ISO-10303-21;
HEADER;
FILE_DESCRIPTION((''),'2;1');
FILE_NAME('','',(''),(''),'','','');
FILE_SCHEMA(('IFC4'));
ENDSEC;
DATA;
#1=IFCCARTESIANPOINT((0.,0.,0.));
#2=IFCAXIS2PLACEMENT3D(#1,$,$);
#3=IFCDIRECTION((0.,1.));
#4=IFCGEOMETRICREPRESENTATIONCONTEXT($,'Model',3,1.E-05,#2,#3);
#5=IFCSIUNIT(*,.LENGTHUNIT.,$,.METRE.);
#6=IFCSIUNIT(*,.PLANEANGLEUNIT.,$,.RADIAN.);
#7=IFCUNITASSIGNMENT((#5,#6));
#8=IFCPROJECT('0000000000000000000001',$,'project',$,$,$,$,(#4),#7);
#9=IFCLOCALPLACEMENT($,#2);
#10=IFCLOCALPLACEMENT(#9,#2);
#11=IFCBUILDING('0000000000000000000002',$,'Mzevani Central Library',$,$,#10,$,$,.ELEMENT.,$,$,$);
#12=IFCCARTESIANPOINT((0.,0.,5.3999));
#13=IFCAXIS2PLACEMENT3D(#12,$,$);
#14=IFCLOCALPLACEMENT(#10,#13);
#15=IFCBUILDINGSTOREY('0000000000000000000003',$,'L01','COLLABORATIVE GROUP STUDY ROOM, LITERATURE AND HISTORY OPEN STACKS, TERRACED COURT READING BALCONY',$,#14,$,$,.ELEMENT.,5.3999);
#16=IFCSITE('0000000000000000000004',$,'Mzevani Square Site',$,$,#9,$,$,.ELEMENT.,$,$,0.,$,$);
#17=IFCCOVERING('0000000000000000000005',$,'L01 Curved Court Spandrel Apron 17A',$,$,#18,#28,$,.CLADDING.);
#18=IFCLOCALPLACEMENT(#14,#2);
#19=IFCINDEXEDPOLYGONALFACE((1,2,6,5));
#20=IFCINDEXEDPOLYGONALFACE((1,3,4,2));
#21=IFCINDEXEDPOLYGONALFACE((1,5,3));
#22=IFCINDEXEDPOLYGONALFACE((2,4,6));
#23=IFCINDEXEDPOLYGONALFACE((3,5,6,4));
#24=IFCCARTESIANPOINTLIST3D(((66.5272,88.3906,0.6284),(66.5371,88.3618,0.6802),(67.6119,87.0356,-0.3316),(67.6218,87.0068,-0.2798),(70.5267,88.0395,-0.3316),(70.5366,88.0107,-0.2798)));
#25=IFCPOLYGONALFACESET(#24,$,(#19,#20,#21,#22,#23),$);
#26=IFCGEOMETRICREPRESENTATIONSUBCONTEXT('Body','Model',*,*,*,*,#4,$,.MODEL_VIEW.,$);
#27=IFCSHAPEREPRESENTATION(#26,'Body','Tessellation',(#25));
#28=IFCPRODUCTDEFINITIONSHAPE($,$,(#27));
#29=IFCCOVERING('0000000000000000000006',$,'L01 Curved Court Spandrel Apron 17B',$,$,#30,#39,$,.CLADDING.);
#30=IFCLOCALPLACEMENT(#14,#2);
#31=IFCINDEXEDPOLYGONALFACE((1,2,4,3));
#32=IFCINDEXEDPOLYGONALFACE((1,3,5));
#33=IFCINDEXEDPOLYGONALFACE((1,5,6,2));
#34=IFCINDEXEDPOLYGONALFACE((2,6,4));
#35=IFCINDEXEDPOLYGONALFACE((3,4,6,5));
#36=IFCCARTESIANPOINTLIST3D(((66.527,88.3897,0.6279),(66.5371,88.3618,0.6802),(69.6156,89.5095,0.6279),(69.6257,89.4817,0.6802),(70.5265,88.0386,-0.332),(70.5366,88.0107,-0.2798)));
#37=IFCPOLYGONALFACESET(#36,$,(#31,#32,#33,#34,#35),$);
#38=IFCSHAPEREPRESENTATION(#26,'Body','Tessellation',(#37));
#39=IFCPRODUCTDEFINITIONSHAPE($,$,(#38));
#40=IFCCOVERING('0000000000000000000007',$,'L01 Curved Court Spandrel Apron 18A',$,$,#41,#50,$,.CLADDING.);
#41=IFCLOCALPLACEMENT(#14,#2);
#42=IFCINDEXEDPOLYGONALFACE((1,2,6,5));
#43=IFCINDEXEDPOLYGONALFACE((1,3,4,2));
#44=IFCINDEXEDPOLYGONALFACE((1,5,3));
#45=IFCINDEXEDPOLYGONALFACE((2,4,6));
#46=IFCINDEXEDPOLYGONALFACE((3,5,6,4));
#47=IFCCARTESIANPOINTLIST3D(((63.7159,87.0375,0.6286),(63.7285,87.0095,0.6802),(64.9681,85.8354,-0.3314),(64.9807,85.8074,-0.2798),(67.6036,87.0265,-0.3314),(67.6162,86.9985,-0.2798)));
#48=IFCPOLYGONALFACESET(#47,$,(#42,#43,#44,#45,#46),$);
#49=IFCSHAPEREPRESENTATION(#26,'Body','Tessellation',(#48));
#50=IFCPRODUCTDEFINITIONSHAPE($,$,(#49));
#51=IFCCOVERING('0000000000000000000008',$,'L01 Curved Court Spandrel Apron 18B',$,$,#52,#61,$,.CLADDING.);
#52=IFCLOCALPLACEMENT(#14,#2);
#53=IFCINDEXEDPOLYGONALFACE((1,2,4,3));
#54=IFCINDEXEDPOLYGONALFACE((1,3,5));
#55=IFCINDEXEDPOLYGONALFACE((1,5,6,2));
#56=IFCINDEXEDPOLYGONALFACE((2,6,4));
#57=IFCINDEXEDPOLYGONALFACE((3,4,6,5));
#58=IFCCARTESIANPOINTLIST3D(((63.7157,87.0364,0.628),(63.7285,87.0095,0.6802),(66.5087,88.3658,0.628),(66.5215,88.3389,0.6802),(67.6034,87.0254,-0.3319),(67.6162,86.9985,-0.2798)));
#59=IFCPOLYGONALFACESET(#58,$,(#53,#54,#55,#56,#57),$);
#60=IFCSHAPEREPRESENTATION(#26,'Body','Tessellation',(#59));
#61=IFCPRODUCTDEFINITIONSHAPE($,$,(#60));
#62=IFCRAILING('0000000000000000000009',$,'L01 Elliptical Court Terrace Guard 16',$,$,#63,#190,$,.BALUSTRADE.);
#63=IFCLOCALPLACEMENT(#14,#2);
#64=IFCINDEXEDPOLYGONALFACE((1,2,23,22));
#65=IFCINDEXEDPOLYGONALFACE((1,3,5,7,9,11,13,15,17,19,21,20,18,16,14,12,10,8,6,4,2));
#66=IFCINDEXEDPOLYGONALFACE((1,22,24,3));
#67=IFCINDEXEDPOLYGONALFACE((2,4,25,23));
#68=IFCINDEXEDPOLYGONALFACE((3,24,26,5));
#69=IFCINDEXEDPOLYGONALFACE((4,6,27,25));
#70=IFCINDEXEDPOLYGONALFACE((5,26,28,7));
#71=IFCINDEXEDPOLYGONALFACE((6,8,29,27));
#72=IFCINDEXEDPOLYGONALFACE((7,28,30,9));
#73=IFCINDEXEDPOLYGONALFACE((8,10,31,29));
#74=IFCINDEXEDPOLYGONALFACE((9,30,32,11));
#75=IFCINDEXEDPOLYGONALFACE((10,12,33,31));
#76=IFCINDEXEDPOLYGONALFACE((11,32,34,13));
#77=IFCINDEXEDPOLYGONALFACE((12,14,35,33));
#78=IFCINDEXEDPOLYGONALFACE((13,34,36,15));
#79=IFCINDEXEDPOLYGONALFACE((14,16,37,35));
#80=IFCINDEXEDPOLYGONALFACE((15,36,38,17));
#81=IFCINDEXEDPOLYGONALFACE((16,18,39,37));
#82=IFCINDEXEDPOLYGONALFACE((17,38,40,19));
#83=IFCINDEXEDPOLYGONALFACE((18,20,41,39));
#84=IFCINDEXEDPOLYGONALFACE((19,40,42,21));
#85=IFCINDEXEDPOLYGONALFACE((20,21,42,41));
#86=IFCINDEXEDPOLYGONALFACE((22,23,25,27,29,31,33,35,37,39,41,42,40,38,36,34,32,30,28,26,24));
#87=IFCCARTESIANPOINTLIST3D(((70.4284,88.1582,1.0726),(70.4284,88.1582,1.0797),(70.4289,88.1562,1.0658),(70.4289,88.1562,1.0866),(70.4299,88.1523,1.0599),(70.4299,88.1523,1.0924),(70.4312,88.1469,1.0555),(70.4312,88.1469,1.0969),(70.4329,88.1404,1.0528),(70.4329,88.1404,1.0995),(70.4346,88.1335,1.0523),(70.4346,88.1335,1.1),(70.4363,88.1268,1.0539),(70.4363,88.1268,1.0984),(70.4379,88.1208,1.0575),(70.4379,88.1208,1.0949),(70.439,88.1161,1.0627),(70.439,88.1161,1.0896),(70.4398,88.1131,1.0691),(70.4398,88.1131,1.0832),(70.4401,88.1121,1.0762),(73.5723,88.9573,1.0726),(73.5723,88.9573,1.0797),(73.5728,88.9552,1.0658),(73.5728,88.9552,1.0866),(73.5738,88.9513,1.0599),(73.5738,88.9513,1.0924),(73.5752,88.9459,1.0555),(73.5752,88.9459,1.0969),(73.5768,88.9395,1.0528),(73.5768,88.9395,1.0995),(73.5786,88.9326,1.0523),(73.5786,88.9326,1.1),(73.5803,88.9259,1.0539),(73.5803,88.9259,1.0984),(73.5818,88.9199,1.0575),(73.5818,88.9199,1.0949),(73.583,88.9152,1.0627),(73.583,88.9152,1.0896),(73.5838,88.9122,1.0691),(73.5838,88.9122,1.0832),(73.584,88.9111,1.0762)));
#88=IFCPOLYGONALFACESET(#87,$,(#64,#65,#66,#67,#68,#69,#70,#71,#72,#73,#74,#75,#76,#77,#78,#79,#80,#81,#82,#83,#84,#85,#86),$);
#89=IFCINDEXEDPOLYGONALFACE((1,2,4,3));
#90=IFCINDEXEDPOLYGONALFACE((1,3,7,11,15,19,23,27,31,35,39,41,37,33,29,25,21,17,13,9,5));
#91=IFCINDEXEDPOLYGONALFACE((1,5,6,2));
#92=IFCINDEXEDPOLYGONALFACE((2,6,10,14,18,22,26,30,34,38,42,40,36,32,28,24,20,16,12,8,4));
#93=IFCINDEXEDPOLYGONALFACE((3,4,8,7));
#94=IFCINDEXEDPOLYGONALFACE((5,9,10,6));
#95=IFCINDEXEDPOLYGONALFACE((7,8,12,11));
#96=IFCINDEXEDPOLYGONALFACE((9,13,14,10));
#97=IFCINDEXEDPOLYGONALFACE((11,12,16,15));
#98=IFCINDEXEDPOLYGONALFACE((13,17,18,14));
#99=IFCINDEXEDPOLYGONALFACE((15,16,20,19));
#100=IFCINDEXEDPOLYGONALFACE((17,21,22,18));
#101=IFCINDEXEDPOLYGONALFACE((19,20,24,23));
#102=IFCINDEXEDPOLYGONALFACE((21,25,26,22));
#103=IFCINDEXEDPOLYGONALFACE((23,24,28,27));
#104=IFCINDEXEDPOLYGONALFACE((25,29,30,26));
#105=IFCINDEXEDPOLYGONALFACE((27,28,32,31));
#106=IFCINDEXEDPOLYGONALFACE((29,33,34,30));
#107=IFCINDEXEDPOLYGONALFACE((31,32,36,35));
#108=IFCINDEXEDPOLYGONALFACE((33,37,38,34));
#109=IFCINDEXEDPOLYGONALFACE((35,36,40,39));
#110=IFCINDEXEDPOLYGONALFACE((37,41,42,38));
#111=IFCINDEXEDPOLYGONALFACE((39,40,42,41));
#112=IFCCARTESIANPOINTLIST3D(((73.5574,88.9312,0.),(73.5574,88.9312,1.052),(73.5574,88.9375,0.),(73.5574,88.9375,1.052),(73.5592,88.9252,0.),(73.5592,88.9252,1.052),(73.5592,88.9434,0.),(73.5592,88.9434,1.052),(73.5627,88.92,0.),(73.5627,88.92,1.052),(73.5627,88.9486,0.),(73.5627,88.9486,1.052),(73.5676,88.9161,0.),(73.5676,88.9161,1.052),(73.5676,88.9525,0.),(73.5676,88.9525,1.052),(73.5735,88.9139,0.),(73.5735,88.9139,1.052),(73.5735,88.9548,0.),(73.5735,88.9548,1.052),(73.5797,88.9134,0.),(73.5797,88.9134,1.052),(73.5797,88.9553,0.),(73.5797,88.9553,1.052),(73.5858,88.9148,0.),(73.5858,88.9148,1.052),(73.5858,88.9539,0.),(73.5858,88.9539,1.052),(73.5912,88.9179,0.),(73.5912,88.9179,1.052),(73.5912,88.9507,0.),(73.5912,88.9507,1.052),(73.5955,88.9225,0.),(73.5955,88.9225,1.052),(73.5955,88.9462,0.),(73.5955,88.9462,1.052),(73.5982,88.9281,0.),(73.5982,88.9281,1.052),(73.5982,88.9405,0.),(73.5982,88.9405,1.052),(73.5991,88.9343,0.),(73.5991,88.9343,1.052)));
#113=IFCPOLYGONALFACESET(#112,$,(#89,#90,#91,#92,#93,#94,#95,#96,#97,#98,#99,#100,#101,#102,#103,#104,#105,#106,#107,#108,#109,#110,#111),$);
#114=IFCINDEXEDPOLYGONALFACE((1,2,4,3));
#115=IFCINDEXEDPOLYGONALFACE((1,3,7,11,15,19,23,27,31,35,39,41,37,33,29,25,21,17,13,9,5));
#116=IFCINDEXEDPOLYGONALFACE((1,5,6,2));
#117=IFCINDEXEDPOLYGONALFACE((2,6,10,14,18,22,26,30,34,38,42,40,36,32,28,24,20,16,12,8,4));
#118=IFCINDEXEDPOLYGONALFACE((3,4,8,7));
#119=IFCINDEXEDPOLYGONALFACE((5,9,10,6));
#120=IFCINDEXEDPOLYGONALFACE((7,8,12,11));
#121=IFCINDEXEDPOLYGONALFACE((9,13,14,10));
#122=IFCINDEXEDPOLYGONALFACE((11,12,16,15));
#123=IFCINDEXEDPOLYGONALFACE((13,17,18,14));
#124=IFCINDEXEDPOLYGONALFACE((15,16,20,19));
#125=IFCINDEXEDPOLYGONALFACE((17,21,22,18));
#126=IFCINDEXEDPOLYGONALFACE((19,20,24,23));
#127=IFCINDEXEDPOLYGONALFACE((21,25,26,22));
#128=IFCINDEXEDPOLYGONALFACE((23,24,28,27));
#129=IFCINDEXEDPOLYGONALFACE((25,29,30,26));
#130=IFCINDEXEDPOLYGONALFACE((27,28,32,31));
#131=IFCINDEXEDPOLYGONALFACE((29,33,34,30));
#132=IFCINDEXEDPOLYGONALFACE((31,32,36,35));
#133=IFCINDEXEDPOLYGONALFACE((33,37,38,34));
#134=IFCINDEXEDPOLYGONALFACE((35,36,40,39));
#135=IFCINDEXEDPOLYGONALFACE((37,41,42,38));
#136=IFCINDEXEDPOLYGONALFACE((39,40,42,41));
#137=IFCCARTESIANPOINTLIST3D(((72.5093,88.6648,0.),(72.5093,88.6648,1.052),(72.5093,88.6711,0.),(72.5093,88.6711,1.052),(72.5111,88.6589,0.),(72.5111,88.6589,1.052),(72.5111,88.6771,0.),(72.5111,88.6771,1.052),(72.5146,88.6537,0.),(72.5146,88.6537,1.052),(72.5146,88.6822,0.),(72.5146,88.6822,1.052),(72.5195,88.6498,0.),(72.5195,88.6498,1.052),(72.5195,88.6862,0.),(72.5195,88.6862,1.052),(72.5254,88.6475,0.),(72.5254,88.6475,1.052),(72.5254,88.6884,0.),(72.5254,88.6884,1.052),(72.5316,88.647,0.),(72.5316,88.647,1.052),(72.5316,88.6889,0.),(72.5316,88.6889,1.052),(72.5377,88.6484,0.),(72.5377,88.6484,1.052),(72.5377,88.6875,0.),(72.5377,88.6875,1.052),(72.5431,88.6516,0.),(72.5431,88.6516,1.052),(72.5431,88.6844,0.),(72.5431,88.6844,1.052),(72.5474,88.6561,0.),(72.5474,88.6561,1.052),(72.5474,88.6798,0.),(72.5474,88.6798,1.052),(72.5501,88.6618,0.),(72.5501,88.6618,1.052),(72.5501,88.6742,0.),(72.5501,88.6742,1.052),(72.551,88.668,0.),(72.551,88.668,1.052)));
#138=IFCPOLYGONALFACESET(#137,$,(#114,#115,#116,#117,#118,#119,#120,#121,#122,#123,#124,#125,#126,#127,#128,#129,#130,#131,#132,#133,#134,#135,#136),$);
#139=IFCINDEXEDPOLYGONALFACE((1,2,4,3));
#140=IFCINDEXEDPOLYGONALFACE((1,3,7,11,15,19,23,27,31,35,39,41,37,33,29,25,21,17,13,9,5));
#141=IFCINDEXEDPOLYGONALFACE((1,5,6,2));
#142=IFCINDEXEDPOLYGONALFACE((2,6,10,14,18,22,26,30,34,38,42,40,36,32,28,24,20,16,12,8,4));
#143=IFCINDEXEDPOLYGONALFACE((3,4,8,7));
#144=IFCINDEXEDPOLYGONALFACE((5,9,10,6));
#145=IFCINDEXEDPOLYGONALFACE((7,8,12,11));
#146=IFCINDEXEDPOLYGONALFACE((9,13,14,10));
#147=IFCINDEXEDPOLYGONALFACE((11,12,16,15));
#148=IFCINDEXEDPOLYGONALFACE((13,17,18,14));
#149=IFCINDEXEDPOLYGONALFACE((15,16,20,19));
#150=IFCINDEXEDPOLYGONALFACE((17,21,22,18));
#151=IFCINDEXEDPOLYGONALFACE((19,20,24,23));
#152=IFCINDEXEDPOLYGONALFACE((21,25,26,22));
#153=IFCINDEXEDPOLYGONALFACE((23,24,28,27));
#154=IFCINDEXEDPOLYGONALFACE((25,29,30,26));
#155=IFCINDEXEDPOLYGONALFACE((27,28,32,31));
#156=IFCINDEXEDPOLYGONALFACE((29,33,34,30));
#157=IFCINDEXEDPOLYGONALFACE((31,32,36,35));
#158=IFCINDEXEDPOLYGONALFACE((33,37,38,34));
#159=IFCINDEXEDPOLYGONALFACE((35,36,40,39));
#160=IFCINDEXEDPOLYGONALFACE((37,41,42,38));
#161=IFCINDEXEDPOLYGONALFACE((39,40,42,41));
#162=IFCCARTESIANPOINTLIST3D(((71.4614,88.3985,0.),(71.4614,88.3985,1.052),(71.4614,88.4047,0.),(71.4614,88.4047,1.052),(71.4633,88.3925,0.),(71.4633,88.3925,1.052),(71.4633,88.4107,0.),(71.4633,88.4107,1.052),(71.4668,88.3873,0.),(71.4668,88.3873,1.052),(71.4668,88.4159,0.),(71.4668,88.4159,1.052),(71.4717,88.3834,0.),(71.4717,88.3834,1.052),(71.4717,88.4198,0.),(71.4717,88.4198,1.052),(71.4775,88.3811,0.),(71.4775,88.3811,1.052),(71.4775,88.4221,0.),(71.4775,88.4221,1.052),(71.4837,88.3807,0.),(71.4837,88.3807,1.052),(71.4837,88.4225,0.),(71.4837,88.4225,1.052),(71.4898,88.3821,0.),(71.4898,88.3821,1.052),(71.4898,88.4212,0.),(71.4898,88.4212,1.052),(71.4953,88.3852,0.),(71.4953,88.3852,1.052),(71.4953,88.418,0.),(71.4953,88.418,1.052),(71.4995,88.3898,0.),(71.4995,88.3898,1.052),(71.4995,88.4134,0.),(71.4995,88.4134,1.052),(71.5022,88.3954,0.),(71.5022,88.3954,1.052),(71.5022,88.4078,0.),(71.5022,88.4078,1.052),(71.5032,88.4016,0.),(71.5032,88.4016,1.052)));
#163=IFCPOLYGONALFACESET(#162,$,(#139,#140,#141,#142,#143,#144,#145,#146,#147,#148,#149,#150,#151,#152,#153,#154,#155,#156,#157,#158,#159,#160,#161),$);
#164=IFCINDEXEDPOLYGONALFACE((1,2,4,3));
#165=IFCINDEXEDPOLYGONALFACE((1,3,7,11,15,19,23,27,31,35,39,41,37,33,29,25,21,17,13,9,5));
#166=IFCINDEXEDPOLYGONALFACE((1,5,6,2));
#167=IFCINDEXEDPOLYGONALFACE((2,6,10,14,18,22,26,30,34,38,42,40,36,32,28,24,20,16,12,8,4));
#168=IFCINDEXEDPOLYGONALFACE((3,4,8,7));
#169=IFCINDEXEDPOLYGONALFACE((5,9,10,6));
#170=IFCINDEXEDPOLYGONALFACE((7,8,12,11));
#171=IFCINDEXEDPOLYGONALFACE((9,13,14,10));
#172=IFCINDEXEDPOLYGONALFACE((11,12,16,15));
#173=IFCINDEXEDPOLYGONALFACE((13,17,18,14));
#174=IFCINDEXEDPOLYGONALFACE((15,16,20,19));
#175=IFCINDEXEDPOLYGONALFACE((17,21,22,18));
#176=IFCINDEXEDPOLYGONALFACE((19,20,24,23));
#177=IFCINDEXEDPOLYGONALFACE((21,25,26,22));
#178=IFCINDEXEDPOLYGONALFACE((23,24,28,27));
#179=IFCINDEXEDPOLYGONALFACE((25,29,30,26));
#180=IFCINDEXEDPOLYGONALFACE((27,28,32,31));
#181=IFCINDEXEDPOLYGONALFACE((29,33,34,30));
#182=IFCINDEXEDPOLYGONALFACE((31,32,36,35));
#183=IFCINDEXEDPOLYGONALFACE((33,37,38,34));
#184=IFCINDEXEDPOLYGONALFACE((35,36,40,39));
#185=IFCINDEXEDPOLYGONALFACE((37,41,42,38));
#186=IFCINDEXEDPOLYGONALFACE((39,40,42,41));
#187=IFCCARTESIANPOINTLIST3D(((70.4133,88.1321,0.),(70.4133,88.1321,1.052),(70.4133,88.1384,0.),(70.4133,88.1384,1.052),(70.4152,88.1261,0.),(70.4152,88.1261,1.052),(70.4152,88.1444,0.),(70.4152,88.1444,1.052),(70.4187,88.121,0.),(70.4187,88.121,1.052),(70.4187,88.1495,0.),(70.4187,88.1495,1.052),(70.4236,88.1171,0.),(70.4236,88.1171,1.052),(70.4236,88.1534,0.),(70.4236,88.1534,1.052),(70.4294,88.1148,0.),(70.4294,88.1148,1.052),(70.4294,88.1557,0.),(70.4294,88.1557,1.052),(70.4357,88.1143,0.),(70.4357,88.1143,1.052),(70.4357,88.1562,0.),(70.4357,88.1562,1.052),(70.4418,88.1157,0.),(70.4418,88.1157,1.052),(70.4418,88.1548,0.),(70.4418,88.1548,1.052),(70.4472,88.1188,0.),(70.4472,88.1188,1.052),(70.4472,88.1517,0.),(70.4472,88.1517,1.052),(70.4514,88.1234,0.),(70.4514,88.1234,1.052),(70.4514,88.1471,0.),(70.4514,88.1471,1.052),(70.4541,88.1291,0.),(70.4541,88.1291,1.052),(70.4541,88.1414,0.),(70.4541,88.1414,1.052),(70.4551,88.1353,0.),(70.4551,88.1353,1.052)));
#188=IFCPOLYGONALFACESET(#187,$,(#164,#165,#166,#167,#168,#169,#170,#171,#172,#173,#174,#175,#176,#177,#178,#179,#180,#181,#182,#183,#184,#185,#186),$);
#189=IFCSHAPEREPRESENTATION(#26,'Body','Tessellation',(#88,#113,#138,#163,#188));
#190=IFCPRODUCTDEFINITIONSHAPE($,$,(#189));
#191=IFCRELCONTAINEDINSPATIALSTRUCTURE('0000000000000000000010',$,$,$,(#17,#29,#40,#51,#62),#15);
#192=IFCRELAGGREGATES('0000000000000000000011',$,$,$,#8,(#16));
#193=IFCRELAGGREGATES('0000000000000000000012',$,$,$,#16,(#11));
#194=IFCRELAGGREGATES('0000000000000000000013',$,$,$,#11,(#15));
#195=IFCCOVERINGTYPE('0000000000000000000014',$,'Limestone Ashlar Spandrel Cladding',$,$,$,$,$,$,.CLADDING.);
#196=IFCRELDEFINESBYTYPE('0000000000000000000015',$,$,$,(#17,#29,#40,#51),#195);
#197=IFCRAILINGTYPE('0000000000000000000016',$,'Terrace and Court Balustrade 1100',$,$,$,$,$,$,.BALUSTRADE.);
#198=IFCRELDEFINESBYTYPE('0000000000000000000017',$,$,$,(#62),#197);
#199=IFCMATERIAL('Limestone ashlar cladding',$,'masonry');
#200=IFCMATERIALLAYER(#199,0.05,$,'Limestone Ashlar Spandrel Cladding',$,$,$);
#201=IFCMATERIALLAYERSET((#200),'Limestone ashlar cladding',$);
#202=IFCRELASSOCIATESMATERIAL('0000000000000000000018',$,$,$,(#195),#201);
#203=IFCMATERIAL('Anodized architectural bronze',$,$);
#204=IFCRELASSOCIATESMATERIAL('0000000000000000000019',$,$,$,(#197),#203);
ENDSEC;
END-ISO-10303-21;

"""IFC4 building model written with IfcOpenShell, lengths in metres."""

from ifc_helpers import new_model, si_unit, direction, frame, origin, origin_2d, place, context, subcontext, project, spatial, polyline, circle, outline, extrude, material, layer, layer_set, type_object, element, save


model = new_model("IFC4")

# Units and contexts
model_context = context("Model", 3, precision=1e-05, world=origin(), true_north=direction((0.0, 1.0)))
body_context = subcontext(model_context, "Body", "Model", "MODEL_VIEW")
ifc_project = project(units=[si_unit("LENGTHUNIT", "METRE"), si_unit("PLANEANGLEUNIT", "RADIAN")], contexts=[model_context])

# Site, building, storey
site_placement = place(None, origin())
site = spatial("IfcSite", under=ifc_project, at=site_placement, Name="Mzevani Square Site", CompositionType="ELEMENT", RefElevation=0.0)
building_placement = place(site_placement, origin())
building = spatial("IfcBuilding", under=site, at=building_placement, Name="Mzevani Central Library", CompositionType="ELEMENT")
storey_placement = place(building_placement, frame((0.0, 0.0, 5.3999)))
storey = spatial("IfcBuildingStorey", under=building, at=storey_placement, Name="L01", Description="COLLABORATIVE GROUP STUDY ROOM, LITERATURE AND HISTORY OPEN STACKS, TERRACED COURT READING BALCONY", CompositionType="ELEMENT", Elevation=5.3999)

# Coverings
ifc_material_1 = material(Name="Limestone ashlar cladding", Category="masonry")
ifc_layer_1 = layer(ifc_material_1, 0.05, Name="Limestone Ashlar Spandrel Cladding")
ifc_layer_set_1 = layer_set([ifc_layer_1], Name="Limestone ashlar cladding")
covering_type = type_object("IfcCoveringType", Name="Limestone Ashlar Spandrel Cladding", PredefinedType="CLADDING", material=ifc_layer_set_1)
covering_1_placement = place(storey_placement, frame((70.5366, 88.0107, -0.2798), z_axis=(0.164926, -0.478856, 0.862262), x_axis=(-0.945492, -0.325644, 0.0)))
element("IfcCovering", 1, at=covering_1_placement, inside=storey, type_object=covering_type, Name="L01 Curved Court Spandrel Apron 17A", PredefinedType="CLADDING", context=body_context, shape_type="SweptSolid", body=[
    extrude(outline(polyline([(0.0, 0.0), (3.0828, 0.0), (3.6672, -1.8954), (0.0, 0.0)])), origin(), (0.0, 0.0, -1.0), 0.0601),
])
covering_2_placement = place(storey_placement, frame((70.5366, 88.0107, -0.2798), z_axis=(0.168104, -0.463633, 0.869934), x_axis=(-0.96886, 0.085046, 0.232545)))
element("IfcCovering", 2, at=covering_2_placement, inside=storey, type_object=covering_type, Name="L01 Curved Court Spandrel Apron 17B", PredefinedType="CLADDING", context=body_context, shape_type="SweptSolid", body=[
    extrude(outline(polyline([(0.0, 0.0), (4.1281, 0.0), (1.2309, -1.5492), (0.0, 0.0)])), origin(), (0.0, 0.0, -1.0), 0.0601),
])
covering_3_placement = place(storey_placement, frame((67.6162, 86.9985, -0.2798), z_axis=(0.210807, -0.466421, 0.859076), x_axis=(-0.911249, -0.411856, 0.0)))
element("IfcCovering", 3, at=covering_3_placement, inside=storey, type_object=covering_type, Name="L01 Curved Court Spandrel Apron 18A", PredefinedType="CLADDING", context=body_context, shape_type="SweptSolid", body=[
    extrude(outline(polyline([(0.0, 0.0), (2.8922, 0.0), (3.5381, -1.8755), (0.0, 0.0)])), origin(), (0.0, 0.0, -1.0), 0.0601),
])
covering_4_placement = place(storey_placement, frame((67.6162, 86.9985, -0.2798), z_axis=(0.213148, -0.447827, 0.868343), x_axis=(-0.970838, 0.002744, 0.239722)))
element("IfcCovering", 4, at=covering_4_placement, inside=storey, type_object=covering_type, Name="L01 Curved Court Spandrel Apron 18B", PredefinedType="CLADDING", context=body_context, shape_type="SweptSolid", body=[
    extrude(outline(polyline([(0.0, 0.0), (4.0045, 0.0), (1.2966, -1.4951), (0.0, 0.0)])), origin(), (0.0, 0.0, -1.0), 0.0601),
])

# Railing
ifc_material_2 = material(Name="Anodized architectural bronze")
railing_type = type_object("IfcRailingType", Name="Terrace and Court Balustrade 1100", PredefinedType="BALUSTRADE", material=ifc_material_2)
railing_1_placement = place(storey_placement, frame((73.5781, 88.9343, 0.0)))
element("IfcRailing", 5, at=railing_1_placement, inside=storey, type_object=railing_type, Name="L01 Elliptical Court Terrace Guard 16", PredefinedType="BALUSTRADE", context=body_context, shape_type="SweptSolid", body=[
    extrude(circle(Radius=0.0239, at=origin_2d()), frame((0.0, 0.0, 1.0762), z_axis=(-0.969188, -0.246323, 0.0), x_axis=(0.246323, -0.969188, 0.0)), (0.0, 0.0, 1.0), 3.2439),
    extrude(circle(Radius=0.021, at=origin_2d()), origin(), (0.0, 0.0, 1.0), 1.052),
    extrude(circle(Radius=0.021, at=origin_2d()), frame((-1.0481, -0.2664, 0.0)), (0.0, 0.0, 1.0), 1.052),
    extrude(circle(Radius=0.021, at=origin_2d()), frame((-2.0959, -0.5327, 0.0)), (0.0, 0.0, 1.0), 1.052),
    extrude(circle(Radius=0.021, at=origin_2d()), frame((-3.144, -0.7991, 0.0)), (0.0, 0.0, 1.0), 1.052),
])

save(model, "model.ifc")
